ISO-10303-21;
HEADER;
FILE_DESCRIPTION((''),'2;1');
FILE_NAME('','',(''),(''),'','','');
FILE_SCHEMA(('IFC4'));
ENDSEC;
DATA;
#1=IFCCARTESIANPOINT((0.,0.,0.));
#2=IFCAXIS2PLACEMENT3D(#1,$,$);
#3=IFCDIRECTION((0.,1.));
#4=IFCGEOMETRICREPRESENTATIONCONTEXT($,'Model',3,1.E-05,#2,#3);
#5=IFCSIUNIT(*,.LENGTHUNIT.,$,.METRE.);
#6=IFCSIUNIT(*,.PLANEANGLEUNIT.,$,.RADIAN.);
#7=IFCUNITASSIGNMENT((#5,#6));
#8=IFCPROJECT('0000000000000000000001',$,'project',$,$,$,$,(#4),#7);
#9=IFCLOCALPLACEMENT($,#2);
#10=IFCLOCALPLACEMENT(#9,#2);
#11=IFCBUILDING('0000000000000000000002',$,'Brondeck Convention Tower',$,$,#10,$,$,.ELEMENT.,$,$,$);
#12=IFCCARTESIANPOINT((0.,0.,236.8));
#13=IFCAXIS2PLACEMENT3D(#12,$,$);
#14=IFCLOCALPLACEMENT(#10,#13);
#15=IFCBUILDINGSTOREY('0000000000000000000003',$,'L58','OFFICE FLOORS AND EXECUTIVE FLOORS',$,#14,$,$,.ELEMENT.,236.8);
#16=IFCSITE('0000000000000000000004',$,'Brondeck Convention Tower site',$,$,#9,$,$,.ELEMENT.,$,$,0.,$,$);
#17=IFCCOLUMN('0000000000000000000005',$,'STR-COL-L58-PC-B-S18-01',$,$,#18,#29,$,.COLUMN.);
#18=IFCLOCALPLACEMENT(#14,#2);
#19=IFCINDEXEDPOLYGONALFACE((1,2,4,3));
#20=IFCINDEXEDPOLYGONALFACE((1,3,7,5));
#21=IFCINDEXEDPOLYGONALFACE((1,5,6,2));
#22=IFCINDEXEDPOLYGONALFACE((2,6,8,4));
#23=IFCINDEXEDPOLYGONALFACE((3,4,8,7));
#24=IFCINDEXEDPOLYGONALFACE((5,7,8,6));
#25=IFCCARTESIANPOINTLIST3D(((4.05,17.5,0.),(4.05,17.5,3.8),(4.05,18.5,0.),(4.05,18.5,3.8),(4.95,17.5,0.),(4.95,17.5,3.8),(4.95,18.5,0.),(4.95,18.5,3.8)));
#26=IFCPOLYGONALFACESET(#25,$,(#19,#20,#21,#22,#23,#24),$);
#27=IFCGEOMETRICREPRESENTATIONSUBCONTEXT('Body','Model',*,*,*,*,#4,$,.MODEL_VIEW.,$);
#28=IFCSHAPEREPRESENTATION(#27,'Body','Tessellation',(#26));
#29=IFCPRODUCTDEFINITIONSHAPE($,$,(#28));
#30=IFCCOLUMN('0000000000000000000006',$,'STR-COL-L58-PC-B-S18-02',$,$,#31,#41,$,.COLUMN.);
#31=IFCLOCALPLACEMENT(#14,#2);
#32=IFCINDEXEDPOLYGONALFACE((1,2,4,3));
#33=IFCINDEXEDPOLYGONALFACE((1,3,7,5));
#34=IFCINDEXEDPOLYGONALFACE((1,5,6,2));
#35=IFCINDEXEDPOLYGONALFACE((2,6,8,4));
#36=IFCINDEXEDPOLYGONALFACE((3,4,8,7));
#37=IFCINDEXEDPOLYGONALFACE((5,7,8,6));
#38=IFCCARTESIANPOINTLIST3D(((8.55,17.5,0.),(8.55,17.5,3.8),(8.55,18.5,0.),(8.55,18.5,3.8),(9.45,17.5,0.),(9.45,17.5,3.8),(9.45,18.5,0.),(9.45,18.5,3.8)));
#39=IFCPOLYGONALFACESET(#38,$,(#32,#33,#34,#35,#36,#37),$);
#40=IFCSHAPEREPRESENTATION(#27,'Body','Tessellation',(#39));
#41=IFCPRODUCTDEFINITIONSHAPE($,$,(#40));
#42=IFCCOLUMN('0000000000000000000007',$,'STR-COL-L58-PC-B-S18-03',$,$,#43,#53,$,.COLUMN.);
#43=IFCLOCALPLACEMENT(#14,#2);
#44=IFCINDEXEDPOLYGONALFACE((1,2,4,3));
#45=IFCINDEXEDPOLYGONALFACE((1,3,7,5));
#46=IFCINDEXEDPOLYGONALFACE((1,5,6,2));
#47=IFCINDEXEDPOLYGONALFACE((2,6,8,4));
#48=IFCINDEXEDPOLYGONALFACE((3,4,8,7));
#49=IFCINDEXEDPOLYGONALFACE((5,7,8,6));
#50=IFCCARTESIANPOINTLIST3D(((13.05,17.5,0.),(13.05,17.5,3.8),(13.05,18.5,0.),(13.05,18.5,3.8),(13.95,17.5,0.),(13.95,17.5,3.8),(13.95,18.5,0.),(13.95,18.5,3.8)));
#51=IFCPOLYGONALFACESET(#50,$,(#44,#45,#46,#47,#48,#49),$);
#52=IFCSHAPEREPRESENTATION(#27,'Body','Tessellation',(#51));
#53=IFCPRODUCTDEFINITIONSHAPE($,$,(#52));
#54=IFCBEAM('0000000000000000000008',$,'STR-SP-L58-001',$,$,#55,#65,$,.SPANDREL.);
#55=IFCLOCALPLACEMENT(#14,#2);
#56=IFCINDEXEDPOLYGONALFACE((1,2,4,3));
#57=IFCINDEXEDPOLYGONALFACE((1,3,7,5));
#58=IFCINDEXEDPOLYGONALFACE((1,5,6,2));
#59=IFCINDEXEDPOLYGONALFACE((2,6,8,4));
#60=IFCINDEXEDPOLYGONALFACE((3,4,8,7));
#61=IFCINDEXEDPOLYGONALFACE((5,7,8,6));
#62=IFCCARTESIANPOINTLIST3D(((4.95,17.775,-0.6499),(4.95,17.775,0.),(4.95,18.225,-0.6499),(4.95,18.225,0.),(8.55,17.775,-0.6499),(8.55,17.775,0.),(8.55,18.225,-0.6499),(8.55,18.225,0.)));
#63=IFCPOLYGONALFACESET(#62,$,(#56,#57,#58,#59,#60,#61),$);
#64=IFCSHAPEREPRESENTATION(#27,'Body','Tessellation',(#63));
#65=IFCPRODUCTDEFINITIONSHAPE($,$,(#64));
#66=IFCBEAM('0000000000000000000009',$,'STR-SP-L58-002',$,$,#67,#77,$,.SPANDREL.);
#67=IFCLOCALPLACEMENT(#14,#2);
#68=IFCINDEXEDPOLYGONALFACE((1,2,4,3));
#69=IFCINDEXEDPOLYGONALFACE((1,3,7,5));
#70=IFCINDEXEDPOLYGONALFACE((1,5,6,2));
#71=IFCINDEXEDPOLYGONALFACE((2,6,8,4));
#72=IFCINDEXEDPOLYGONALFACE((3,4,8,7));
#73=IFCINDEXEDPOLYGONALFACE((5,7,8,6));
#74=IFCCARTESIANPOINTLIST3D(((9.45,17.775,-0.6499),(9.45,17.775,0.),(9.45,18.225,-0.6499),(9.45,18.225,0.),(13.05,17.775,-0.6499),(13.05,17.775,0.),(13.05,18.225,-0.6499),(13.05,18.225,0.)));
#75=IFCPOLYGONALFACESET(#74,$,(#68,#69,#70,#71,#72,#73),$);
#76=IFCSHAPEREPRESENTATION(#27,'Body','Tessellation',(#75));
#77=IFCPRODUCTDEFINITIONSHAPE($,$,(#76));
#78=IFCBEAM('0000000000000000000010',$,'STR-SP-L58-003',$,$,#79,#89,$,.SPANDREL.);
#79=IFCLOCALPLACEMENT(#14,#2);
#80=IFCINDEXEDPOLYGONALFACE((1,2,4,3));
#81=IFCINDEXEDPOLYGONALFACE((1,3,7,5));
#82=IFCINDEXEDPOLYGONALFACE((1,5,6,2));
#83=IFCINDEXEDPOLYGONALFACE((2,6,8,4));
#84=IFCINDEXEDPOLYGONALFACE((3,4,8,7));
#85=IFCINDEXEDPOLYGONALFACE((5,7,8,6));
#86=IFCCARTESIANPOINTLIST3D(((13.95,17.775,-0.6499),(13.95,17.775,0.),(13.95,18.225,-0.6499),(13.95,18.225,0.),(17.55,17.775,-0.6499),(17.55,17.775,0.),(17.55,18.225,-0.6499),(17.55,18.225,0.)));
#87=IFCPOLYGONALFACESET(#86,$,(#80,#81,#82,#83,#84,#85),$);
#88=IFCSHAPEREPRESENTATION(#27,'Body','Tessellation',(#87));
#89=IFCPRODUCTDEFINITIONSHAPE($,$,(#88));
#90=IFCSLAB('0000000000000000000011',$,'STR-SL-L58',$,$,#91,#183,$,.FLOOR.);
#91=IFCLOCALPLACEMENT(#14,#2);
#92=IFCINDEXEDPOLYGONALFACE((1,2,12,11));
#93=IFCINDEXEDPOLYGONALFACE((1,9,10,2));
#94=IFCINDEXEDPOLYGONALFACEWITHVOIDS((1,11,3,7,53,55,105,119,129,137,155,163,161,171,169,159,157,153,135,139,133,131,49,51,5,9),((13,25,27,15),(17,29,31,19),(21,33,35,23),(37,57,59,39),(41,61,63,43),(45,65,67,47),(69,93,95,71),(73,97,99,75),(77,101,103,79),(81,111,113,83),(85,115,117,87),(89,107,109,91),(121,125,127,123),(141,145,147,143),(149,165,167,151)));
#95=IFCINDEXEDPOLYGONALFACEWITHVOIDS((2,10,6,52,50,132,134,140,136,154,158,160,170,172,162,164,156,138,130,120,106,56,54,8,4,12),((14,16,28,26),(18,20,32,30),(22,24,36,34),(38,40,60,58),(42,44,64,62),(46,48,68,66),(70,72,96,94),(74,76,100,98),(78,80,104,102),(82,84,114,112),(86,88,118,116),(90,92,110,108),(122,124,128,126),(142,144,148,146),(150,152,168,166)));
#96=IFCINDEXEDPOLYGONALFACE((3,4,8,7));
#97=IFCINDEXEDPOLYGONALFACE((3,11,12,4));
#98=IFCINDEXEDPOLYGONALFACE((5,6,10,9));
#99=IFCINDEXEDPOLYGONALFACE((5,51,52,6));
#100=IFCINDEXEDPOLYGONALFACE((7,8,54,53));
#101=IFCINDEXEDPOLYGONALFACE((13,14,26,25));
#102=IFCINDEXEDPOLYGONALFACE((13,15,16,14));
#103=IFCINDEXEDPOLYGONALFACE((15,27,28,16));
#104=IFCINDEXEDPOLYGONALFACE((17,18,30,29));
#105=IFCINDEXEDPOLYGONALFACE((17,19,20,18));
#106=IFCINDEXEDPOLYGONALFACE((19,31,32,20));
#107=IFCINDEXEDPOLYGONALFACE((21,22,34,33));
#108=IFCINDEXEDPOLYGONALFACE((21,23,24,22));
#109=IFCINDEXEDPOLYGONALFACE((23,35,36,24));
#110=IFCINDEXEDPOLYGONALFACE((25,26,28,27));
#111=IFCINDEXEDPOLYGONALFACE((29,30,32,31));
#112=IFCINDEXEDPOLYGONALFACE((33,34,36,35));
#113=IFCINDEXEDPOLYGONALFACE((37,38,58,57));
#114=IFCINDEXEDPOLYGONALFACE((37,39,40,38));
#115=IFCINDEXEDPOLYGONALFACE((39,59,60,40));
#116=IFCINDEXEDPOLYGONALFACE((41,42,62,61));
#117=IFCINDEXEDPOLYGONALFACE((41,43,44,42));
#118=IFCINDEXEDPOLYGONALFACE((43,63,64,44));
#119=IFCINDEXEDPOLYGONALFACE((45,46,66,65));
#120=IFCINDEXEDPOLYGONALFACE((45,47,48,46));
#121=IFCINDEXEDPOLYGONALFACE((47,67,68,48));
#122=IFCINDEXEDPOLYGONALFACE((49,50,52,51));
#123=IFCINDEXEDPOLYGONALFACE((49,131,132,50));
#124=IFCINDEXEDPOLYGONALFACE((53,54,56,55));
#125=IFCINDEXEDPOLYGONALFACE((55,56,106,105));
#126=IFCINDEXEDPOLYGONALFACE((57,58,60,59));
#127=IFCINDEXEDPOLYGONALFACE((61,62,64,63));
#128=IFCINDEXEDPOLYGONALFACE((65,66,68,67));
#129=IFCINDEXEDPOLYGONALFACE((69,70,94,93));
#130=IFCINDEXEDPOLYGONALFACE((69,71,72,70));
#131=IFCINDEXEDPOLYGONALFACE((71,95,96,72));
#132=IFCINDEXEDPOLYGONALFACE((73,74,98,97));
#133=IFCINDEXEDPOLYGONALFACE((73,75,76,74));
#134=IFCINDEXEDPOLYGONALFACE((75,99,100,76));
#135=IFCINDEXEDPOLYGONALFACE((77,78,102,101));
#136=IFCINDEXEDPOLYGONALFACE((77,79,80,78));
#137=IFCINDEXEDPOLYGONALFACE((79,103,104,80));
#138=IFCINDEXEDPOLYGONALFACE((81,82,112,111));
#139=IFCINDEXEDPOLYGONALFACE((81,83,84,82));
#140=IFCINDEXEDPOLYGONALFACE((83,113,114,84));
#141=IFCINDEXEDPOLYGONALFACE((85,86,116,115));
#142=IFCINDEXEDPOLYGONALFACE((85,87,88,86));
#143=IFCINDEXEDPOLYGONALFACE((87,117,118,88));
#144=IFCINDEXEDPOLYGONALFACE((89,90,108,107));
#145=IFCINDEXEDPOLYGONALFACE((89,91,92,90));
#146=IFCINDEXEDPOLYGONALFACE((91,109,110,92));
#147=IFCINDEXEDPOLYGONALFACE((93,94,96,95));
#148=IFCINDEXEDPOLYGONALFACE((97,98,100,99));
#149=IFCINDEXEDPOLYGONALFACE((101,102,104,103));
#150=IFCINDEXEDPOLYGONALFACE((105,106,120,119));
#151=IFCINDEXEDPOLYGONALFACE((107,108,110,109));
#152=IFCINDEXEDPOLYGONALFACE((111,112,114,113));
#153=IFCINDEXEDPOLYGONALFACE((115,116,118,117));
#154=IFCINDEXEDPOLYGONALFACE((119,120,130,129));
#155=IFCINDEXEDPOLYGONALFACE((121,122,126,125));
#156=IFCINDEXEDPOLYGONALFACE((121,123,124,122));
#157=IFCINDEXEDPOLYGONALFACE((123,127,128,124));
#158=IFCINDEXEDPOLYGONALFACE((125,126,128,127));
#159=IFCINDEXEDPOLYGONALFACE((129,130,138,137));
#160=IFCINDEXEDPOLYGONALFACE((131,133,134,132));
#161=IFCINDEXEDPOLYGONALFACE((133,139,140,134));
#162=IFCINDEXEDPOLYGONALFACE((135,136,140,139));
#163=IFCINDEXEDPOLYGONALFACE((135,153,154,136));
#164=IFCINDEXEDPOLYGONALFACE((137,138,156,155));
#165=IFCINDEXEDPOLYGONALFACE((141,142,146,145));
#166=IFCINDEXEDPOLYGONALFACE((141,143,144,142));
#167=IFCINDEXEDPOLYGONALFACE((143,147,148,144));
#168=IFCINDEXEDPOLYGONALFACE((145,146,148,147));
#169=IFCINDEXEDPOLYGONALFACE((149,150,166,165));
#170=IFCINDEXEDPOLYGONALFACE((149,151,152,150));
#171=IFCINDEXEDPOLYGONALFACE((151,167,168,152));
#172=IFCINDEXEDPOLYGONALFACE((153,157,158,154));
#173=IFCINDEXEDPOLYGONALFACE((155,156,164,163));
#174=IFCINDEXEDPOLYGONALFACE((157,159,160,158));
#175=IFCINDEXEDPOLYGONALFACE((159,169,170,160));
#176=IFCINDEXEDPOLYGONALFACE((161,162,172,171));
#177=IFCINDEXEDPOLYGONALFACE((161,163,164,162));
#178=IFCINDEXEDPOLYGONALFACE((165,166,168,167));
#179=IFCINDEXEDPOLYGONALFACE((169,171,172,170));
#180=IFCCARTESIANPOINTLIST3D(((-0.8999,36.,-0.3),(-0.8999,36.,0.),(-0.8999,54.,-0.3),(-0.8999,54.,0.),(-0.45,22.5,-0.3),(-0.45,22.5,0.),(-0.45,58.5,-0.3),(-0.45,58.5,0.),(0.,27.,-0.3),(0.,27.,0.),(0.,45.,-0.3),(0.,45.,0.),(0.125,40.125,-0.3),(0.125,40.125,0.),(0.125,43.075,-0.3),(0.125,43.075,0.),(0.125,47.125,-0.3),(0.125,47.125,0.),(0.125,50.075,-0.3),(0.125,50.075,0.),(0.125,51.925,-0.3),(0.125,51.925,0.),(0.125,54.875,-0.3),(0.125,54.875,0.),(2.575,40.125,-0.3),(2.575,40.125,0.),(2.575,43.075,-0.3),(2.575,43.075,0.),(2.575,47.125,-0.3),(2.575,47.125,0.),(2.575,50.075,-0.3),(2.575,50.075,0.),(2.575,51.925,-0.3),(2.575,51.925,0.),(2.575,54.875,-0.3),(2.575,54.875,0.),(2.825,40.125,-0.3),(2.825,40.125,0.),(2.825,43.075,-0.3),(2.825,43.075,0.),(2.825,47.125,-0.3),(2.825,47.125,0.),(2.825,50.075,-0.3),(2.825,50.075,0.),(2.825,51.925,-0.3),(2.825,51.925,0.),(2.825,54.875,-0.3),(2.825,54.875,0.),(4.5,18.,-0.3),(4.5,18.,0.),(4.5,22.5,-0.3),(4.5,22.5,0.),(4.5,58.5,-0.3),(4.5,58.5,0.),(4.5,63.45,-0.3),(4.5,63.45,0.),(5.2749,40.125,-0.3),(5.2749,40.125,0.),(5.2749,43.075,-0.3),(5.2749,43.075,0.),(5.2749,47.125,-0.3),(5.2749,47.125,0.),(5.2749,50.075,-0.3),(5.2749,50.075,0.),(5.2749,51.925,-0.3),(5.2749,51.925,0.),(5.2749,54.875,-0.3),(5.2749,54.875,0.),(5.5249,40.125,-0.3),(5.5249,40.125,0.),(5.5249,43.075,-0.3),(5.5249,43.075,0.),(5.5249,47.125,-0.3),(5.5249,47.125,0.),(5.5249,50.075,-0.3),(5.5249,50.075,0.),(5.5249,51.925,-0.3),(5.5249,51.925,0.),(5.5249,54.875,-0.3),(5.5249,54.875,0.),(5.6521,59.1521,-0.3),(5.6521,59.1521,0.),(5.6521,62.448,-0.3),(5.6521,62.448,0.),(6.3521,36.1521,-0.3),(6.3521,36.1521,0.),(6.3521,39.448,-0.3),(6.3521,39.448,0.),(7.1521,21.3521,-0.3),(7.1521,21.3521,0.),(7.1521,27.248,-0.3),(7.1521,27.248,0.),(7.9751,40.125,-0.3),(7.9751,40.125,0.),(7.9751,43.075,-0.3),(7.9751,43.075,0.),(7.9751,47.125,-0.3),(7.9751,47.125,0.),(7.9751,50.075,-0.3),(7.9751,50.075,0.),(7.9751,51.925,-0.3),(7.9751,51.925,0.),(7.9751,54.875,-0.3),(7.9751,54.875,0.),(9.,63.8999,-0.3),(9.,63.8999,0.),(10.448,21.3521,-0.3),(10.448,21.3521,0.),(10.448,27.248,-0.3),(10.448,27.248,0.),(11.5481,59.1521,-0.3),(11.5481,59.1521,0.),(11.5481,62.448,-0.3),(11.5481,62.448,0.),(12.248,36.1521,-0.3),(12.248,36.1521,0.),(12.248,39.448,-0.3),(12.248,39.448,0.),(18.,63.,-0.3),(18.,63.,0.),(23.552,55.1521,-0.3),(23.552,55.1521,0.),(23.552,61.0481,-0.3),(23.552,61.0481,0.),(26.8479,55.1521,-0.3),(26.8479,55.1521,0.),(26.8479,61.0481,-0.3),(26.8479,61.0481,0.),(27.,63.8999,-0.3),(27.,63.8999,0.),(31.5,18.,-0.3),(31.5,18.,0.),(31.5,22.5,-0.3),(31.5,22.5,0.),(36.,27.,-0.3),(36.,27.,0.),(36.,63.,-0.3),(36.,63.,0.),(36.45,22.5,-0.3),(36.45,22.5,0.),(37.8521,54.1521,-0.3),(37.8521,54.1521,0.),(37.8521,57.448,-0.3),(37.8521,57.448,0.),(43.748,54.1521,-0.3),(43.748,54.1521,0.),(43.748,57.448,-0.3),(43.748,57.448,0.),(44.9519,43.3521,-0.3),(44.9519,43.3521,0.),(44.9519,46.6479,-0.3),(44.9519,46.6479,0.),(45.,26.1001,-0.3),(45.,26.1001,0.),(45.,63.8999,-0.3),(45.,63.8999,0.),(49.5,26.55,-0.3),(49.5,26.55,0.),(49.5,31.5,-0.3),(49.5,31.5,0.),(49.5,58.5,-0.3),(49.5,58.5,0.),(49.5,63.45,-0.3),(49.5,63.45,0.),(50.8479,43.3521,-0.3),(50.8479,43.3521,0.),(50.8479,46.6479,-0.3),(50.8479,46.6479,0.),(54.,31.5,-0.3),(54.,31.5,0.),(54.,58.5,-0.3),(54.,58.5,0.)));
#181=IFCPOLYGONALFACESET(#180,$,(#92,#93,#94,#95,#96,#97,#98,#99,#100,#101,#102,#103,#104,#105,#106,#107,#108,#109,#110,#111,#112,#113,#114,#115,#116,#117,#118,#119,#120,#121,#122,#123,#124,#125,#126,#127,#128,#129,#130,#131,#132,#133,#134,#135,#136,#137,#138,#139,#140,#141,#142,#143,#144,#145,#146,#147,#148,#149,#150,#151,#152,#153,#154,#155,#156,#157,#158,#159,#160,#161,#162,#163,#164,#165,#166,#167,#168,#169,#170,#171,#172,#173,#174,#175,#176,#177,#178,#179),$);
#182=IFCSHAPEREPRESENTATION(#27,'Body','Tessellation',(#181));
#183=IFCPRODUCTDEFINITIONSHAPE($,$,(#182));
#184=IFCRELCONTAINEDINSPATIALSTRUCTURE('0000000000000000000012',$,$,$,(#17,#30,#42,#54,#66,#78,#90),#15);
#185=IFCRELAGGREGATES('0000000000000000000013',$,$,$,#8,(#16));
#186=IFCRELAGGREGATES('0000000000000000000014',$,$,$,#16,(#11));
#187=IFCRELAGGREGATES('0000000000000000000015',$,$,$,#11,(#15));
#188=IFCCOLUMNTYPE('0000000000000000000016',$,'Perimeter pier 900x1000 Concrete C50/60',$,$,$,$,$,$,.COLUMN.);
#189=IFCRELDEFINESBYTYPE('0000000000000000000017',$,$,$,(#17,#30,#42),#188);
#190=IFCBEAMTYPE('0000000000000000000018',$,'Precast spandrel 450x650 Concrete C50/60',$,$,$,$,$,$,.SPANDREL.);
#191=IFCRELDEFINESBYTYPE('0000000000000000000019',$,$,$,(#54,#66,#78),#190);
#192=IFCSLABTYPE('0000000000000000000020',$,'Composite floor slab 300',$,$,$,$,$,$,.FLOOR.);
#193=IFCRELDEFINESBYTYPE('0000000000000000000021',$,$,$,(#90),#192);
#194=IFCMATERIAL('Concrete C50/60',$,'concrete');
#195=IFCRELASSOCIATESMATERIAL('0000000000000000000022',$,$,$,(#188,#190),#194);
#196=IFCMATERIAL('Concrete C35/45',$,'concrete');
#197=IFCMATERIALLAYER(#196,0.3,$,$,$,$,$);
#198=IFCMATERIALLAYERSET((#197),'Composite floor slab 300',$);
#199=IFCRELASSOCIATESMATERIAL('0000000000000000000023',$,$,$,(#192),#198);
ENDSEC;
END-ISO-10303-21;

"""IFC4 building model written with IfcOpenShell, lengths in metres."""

from ifc_helpers import new_model, si_unit, direction, frame, origin, origin_2d, place, context, subcontext, project, spatial, polyline, rectangle, outline, extrude, material, layer, layer_set, material_profile, profile_set, type_object, element, save


model = new_model("IFC4")

# Units and contexts
model_context = context("Model", 3, precision=1e-05, world=origin(), true_north=direction((0.0, 1.0)))
body_context = subcontext(model_context, "Body", "Model", "MODEL_VIEW")
ifc_project = project(units=[si_unit("LENGTHUNIT", "METRE"), si_unit("PLANEANGLEUNIT", "RADIAN")], contexts=[model_context])

# Site, building, storey
site_placement = place(None, origin())
site = spatial("IfcSite", under=ifc_project, at=site_placement, Name="Brondeck Convention Tower site", CompositionType="ELEMENT", RefElevation=0.0)
building_placement = place(site_placement, origin())
building = spatial("IfcBuilding", under=site, at=building_placement, Name="Brondeck Convention Tower", CompositionType="ELEMENT")
storey_placement = place(building_placement, frame((0.0, 0.0, 236.8)))
storey = spatial("IfcBuildingStorey", under=building, at=storey_placement, Name="L58", Description="OFFICE FLOORS AND EXECUTIVE FLOORS", CompositionType="ELEMENT", Elevation=236.8)

# Columns
ifc_material_1 = material(Name="Concrete C50/60", Category="concrete")
ifc_material_profile_1 = material_profile(ifc_material_1, rectangle(XDim=0.8999, YDim=1.0, at=origin_2d()), Name="Perimeter pier 900x1000 Concrete C50/60")
ifc_profile_set_1 = profile_set([ifc_material_profile_1], Name="Concrete C50/60")
column_type = type_object("IfcColumnType", Name="Perimeter pier 900x1000 Concrete C50/60", PredefinedType="COLUMN", material=ifc_profile_set_1)
for number, where, z_axis, x_axis, name in (
    (1, (4.5, 18.0, 0.0), (0.0, 0.0, 1.0), (1.0, 0.0, 0.0), "STR-COL-L58-PC-B-S18-01"),
    (2, (9.0, 18.0, 0.0), (0.0, 0.0, 1.0), (1.0, 0.0, 0.0), "STR-COL-L58-PC-B-S18-02"),
    (3, (13.5, 18.0, 0.0), (0.0, 0.0, 1.0), (1.0, 0.0, 0.0), "STR-COL-L58-PC-B-S18-03"),
):
    element("IfcColumn", number, at=place(storey_placement, frame(where, z_axis=z_axis, x_axis=x_axis)), inside=storey, type_object=column_type, Name=name, PredefinedType="COLUMN", context=body_context, shape_type="SweptSolid", body=[
        extrude(rectangle(XDim=0.8999, YDim=1.0, at=origin_2d()), origin(), (0.0, 0.0, 1.0), 3.8),
    ])

# Beams
ifc_material_profile_2 = material_profile(ifc_material_1, rectangle(XDim=0.45, YDim=0.6499, at=origin_2d()), Name="Precast spandrel 450x650 Concrete C50/60")
ifc_profile_set_2 = profile_set([ifc_material_profile_2], Name="Concrete C50/60")
beam_type = type_object("IfcBeamType", Name="Precast spandrel 450x650 Concrete C50/60", PredefinedType="SPANDREL", material=ifc_profile_set_2)
for number, where, z_axis, x_axis, name in (
    (4, (4.95, 18.0, -0.325), (1.0, 0.0, 0.0), (0.0, 1.0, 0.0), "STR-SP-L58-001"),
    (5, (9.45, 18.0, -0.325), (1.0, 0.0, 0.0), (0.0, 1.0, 0.0), "STR-SP-L58-002"),
    (6, (13.95, 18.0, -0.325), (1.0, 0.0, 0.0), (0.0, 1.0, 0.0), "STR-SP-L58-003"),
):
    element("IfcBeam", number, at=place(storey_placement, frame(where, z_axis=z_axis, x_axis=x_axis)), inside=storey, type_object=beam_type, Name=name, PredefinedType="SPANDREL", context=body_context, shape_type="SweptSolid", body=[
        extrude(rectangle(XDim=0.45, YDim=0.6499, at=origin_2d()), origin(), (0.0, 0.0, 1.0), 3.6001),
    ])

# Slab
ifc_material_2 = material(Name="Concrete C35/45", Category="concrete")
ifc_layer_1 = layer(ifc_material_2, 0.3)
ifc_layer_set_1 = layer_set([ifc_layer_1], Name="Composite floor slab 300")
slab_type_1 = type_object("IfcSlabType", Name="Composite floor slab 300", PredefinedType="FLOOR", material=ifc_layer_set_1)
slab_1_placement = place(storey_placement, frame((0.0, 0.0, -0.3)))
element("IfcSlab", 7, at=slab_1_placement, inside=storey, type_object=slab_type_1, Name="STR-SL-L58", PredefinedType="FLOOR", context=body_context, shape_type="SweptSolid", body=[
    extrude(outline(polyline([(4.5, 22.5), (-0.45, 22.5), (0.0, 27.0), (-0.8999, 36.0), (0.0, 45.0), (-0.8999, 54.0), (-0.45, 58.5), (4.5, 58.5), (4.5, 63.45), (9.0, 63.8999), (18.0, 63.0), (27.0, 63.8999), (36.0, 63.0), (45.0, 63.8999), (49.5, 63.45), (49.5, 58.5), (54.0, 58.5), (54.0, 31.5), (49.5, 31.5), (49.5, 26.55), (45.0, 26.1001), (36.0, 27.0), (36.45, 22.5), (31.5, 22.5), (31.5, 18.0), (4.5, 18.0), (4.5, 22.5)]), holes=[polyline([(2.575, 43.075), (0.125, 43.075), (0.125, 40.125), (2.575, 40.125), (2.575, 43.075)]), polyline([(5.2749, 40.125), (5.2749, 43.075), (2.825, 43.075), (2.825, 40.125), (5.2749, 40.125)]), polyline([(7.9751, 40.125), (7.9751, 43.075), (5.5249, 43.075), (5.5249, 40.125), (7.9751, 40.125)]), polyline([(2.575, 47.125), (2.575, 50.075), (0.125, 50.075), (0.125, 47.125), (2.575, 47.125)]), polyline([(5.2749, 47.125), (5.2749, 50.075), (2.825, 50.075), (2.825, 47.125), (5.2749, 47.125)]), polyline([(7.9751, 47.125), (7.9751, 50.075), (5.5249, 50.075), (5.5249, 47.125), (7.9751, 47.125)]), polyline([(2.575, 51.925), (2.575, 54.875), (0.125, 54.875), (0.125, 51.925), (2.575, 51.925)]), polyline([(5.2749, 51.925), (5.2749, 54.875), (2.825, 54.875), (2.825, 51.925), (5.2749, 51.925)]), polyline([(10.448, 27.248), (7.1521, 27.248), (7.1521, 21.3521), (10.448, 21.3521), (10.448, 27.248)]), polyline([(12.248, 36.1521), (12.248, 39.448), (6.3521, 39.448), (6.3521, 36.1521), (12.248, 36.1521)]), polyline([(50.8479, 43.3521), (50.8479, 46.6479), (44.9519, 46.6479), (44.9519, 43.3521), (50.8479, 43.3521)]), polyline([(7.9751, 51.925), (7.9751, 54.875), (5.5249, 54.875), (5.5249, 51.925), (7.9751, 51.925)]), polyline([(43.748, 54.1521), (43.748, 57.448), (37.8521, 57.448), (37.8521, 54.1521), (43.748, 54.1521)]), polyline([(23.552, 55.1521), (26.8479, 55.1521), (26.8479, 61.0481), (23.552, 61.0481), (23.552, 55.1521)]), polyline([(5.6521, 62.448), (5.6521, 59.1521), (11.5481, 59.1521), (11.5481, 62.448), (5.6521, 62.448)])]), origin(), (0.0, 0.0, 1.0), 0.3),
])

save(model, "model.ifc")
